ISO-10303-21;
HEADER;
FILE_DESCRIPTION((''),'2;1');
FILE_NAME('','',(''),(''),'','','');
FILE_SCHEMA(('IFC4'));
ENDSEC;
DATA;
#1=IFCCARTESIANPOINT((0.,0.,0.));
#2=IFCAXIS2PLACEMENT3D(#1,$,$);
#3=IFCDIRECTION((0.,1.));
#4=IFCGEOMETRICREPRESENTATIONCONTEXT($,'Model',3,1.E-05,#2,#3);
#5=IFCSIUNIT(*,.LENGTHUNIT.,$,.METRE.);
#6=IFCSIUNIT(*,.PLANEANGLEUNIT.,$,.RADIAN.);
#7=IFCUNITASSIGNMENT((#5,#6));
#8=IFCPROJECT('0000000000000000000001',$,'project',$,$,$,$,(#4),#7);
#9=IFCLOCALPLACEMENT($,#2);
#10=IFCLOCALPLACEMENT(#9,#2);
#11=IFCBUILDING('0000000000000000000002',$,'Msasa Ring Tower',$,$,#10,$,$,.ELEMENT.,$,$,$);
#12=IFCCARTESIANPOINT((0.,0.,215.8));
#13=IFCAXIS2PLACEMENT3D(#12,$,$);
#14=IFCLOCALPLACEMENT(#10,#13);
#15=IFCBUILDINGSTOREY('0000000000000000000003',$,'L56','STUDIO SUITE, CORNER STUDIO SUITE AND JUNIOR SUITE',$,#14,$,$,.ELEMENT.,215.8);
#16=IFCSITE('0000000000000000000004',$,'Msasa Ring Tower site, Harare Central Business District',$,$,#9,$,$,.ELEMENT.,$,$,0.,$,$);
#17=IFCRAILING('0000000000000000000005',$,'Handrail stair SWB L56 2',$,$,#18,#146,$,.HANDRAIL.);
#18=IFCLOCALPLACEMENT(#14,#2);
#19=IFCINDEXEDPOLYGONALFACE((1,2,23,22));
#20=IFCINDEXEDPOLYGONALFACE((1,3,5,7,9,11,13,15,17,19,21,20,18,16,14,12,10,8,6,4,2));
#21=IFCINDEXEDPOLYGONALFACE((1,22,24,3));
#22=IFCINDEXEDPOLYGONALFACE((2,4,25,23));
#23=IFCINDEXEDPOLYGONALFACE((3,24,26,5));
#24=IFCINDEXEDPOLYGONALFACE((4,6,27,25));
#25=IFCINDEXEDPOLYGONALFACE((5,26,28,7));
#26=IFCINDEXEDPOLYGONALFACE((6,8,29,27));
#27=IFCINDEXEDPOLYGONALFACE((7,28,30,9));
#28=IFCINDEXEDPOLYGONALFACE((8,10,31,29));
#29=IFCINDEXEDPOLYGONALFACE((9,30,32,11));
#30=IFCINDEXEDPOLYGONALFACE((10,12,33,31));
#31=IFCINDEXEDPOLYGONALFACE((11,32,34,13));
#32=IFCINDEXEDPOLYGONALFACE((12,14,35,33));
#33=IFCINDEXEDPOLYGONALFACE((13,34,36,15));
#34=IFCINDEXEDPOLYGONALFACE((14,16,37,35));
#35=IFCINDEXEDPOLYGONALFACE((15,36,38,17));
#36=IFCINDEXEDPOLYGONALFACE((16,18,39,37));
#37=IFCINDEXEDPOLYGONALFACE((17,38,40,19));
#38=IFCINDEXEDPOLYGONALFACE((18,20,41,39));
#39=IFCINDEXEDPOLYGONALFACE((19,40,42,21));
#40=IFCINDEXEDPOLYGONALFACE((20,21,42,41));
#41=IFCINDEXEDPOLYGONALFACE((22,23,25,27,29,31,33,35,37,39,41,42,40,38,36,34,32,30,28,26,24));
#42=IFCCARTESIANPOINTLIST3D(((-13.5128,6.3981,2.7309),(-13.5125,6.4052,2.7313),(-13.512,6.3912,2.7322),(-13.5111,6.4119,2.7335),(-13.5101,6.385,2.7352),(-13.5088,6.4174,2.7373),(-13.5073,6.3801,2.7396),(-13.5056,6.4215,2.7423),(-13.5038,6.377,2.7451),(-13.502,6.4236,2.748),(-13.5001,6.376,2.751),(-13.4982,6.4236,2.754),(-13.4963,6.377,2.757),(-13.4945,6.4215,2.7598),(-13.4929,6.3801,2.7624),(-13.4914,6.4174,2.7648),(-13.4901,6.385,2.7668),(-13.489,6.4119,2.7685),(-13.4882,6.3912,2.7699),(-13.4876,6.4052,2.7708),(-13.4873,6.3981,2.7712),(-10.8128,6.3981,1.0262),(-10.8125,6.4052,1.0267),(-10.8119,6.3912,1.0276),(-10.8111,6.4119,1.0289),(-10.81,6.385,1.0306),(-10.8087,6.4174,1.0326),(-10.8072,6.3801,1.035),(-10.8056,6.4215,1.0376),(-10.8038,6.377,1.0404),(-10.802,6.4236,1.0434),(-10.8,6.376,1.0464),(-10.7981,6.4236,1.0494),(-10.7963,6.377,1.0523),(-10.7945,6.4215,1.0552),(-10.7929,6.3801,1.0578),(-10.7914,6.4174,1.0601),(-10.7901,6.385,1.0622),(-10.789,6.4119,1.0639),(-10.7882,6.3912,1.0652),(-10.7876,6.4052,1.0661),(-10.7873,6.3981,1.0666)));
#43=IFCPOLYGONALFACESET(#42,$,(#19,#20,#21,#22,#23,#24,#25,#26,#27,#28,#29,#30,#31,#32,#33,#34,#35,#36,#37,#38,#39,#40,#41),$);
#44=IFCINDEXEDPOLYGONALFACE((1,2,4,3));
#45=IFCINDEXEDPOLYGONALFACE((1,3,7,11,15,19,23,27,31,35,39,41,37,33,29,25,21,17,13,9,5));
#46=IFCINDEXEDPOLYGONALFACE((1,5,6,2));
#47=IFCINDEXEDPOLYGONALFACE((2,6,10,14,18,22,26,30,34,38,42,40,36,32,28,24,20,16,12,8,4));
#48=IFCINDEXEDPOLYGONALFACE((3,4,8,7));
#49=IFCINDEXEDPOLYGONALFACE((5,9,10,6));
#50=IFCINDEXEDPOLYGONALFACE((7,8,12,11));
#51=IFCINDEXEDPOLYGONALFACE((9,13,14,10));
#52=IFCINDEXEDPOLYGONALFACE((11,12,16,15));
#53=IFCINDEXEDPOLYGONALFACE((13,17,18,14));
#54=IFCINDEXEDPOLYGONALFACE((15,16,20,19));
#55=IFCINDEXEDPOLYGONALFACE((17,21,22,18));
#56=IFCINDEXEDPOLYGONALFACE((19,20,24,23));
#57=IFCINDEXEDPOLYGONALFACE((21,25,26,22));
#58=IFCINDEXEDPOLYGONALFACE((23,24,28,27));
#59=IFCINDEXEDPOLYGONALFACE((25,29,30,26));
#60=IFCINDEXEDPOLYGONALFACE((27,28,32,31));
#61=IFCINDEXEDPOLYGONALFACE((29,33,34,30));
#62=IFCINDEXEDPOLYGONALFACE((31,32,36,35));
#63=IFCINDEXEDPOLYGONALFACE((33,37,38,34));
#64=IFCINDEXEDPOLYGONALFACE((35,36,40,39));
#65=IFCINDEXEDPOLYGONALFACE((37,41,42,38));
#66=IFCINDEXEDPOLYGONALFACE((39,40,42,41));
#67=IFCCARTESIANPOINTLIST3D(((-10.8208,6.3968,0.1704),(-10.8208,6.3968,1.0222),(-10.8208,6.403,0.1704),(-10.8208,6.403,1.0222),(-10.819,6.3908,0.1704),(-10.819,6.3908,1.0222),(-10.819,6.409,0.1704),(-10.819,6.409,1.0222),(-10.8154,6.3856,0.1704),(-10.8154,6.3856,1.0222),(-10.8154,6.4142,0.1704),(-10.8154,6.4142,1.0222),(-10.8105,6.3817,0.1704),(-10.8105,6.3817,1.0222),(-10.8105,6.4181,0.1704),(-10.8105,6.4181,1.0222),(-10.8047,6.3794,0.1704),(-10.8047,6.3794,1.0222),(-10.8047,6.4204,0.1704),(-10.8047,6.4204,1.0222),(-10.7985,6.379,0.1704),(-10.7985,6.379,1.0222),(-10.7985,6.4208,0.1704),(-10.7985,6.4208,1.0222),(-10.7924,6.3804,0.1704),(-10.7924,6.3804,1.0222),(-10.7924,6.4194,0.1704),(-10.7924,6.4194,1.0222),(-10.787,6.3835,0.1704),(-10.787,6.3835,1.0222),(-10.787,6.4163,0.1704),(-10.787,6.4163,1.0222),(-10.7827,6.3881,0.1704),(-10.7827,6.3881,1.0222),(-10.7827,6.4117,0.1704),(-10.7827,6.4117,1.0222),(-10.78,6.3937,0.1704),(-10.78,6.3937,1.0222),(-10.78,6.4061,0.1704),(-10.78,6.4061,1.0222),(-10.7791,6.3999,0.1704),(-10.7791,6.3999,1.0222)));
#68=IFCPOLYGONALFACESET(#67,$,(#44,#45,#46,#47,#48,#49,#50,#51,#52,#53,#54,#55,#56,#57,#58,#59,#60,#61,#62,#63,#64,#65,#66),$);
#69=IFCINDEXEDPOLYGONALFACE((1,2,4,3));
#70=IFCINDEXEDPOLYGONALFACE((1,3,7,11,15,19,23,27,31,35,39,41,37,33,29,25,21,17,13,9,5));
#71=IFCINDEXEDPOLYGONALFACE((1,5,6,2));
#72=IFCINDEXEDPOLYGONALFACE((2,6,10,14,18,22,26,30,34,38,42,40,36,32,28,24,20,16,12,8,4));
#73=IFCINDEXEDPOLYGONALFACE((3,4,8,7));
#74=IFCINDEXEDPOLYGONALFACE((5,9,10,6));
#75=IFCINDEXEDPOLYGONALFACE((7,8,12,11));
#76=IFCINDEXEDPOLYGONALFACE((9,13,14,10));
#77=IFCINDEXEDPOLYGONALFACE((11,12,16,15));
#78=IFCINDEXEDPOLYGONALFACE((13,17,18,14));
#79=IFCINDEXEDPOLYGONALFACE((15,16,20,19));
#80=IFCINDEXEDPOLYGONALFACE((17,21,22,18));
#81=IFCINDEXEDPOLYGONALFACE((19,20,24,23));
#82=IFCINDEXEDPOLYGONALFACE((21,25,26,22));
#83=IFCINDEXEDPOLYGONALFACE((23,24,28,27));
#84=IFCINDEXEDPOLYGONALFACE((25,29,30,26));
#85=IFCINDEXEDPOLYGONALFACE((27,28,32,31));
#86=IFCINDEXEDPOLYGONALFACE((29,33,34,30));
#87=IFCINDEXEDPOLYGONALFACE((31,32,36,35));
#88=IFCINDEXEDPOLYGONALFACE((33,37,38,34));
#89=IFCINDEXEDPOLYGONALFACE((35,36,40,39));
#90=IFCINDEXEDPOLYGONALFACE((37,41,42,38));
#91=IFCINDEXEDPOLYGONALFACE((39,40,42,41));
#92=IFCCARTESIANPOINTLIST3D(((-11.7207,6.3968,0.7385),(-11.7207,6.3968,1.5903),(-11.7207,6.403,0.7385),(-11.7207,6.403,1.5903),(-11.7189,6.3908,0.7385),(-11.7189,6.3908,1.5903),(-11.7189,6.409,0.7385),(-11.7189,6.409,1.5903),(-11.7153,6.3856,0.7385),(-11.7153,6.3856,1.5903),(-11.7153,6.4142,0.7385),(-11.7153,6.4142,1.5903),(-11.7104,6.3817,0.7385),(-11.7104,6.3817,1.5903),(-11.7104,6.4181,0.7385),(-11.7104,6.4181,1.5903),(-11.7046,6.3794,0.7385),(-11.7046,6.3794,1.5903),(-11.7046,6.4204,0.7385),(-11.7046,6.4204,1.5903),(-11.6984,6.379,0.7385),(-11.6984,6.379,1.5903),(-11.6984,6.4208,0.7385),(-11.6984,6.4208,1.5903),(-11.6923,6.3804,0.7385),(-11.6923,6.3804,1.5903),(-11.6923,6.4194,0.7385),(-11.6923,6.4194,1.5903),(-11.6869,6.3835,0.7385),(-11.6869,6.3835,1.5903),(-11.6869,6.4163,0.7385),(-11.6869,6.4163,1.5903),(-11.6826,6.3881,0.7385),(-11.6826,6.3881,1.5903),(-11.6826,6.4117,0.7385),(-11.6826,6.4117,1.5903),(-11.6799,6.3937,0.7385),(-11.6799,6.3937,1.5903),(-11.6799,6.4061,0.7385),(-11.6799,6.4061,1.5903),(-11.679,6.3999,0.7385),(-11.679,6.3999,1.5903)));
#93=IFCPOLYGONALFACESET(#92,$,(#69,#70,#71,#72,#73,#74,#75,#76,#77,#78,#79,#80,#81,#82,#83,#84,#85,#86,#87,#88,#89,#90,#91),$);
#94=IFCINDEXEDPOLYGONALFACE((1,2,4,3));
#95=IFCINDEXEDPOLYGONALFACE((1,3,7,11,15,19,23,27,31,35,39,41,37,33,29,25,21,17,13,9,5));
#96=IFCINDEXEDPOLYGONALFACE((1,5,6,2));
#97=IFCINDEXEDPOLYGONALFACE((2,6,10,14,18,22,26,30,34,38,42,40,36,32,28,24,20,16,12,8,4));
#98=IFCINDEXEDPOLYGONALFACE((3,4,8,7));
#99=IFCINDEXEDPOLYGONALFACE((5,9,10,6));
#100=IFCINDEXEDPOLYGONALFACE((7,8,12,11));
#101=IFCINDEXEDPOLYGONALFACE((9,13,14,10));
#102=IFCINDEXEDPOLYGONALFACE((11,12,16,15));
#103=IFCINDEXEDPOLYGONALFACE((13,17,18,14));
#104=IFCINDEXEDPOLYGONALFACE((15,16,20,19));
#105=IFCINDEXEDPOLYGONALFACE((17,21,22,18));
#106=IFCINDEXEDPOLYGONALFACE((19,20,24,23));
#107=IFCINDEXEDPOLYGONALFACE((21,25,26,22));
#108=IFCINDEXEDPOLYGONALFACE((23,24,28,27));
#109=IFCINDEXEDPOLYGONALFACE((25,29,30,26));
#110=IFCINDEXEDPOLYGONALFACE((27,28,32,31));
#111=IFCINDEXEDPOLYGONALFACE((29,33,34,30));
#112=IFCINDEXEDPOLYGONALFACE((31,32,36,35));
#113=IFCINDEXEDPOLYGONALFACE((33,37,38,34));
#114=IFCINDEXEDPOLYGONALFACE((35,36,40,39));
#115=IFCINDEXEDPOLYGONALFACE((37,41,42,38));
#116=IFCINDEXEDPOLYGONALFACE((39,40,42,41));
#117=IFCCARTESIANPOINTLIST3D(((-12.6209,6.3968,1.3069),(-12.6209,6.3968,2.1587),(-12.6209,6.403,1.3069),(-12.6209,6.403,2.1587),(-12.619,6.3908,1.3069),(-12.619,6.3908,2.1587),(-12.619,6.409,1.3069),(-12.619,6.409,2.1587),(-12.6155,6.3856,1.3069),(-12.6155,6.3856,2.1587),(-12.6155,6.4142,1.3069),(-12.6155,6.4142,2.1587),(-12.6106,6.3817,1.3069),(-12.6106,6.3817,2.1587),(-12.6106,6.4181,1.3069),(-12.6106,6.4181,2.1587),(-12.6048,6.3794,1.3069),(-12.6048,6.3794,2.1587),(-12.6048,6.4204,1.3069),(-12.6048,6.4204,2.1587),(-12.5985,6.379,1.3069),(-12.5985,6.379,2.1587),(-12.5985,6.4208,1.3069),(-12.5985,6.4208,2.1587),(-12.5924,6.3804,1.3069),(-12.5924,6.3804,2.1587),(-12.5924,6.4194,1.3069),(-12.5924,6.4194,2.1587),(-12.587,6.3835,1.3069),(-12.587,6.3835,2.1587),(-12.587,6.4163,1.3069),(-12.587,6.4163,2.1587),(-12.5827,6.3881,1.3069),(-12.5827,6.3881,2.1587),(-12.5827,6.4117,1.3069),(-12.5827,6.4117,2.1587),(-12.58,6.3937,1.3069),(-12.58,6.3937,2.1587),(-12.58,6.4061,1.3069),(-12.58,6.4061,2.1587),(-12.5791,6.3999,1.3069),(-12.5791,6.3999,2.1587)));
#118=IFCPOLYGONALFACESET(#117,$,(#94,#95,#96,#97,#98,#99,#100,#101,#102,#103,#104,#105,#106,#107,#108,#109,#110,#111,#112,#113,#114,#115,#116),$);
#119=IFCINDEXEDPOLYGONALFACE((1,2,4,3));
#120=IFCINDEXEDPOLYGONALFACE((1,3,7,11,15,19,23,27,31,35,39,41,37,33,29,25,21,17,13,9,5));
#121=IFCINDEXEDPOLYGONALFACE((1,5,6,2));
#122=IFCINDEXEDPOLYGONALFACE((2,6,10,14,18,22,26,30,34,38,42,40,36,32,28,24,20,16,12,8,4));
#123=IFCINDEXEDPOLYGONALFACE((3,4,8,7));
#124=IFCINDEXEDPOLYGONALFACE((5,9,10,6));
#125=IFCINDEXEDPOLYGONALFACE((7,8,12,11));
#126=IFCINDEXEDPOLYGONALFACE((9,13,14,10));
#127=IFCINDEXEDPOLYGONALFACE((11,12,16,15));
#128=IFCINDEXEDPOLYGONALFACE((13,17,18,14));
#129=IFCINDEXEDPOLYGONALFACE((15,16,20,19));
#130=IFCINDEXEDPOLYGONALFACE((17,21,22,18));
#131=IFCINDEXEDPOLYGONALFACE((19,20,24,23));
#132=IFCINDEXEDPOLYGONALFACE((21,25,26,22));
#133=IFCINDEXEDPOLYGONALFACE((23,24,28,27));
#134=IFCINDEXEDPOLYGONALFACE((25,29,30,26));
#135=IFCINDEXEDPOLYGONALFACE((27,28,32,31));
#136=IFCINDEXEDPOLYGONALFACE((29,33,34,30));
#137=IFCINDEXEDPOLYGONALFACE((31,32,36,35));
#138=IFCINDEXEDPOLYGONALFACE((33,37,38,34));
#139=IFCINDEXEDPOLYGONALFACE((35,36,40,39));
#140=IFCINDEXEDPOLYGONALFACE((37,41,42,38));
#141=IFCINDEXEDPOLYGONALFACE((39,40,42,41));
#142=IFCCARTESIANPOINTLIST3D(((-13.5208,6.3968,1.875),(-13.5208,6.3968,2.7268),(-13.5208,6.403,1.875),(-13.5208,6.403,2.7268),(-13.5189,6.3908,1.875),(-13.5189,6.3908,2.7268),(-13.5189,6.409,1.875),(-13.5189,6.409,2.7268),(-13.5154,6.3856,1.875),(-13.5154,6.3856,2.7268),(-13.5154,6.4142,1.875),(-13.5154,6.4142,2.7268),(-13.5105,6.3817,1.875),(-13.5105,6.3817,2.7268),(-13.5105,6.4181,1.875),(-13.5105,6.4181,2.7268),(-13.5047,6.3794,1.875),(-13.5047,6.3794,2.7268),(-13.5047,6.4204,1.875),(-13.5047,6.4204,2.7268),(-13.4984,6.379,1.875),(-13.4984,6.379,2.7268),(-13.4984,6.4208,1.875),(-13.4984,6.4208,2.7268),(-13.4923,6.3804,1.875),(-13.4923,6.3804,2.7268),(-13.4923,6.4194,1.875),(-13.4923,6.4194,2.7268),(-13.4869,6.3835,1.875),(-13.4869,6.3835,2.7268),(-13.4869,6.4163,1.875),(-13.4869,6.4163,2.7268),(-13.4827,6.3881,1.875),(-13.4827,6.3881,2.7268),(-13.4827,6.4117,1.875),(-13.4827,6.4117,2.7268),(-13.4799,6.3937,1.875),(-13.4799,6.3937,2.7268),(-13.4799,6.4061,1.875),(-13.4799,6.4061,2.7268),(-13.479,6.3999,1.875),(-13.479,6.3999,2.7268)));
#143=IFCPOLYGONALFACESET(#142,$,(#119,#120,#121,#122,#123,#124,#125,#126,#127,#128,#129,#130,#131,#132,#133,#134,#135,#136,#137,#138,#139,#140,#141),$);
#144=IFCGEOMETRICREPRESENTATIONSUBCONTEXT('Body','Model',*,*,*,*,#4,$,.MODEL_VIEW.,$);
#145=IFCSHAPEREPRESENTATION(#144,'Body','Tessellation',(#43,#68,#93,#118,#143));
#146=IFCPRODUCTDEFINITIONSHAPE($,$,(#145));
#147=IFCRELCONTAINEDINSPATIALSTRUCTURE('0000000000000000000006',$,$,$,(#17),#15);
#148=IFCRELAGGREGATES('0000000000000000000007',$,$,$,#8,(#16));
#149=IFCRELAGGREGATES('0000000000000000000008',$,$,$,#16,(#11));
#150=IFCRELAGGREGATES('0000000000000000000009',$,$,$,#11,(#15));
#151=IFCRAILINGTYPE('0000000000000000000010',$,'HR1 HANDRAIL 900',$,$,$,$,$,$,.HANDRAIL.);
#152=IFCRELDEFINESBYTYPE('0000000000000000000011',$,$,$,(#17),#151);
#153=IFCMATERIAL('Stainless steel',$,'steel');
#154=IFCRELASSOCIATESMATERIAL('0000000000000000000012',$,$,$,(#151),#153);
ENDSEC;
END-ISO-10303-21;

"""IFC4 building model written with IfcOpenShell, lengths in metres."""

from ifc_helpers import new_model, si_unit, direction, frame, origin, origin_2d, place, context, subcontext, project, spatial, circle, extrude, material, type_object, element, save


model = new_model("IFC4")

# Units and contexts
model_context = context("Model", 3, precision=1e-05, world=origin(), true_north=direction((0.0, 1.0)))
body_context = subcontext(model_context, "Body", "Model", "MODEL_VIEW")
ifc_project = project(units=[si_unit("LENGTHUNIT", "METRE"), si_unit("PLANEANGLEUNIT", "RADIAN")], contexts=[model_context])

# Site, building, storey
site_placement = place(None, origin())
site = spatial("IfcSite", under=ifc_project, at=site_placement, Name="Msasa Ring Tower site, Harare Central Business District", CompositionType="ELEMENT", RefElevation=0.0)
building_placement = place(site_placement, origin())
building = spatial("IfcBuilding", under=site, at=building_placement, Name="Msasa Ring Tower", CompositionType="ELEMENT")
storey_placement = place(building_placement, frame((0.0, 0.0, 215.8)))
storey = spatial("IfcBuildingStorey", under=building, at=storey_placement, Name="L56", Description="STUDIO SUITE, CORNER STUDIO SUITE AND JUNIOR SUITE", CompositionType="ELEMENT", Elevation=215.8)

# Railing
ifc_material_1 = material(Name="Stainless steel", Category="steel")
railing_type = type_object("IfcRailingType", Name="HR1 HANDRAIL 900", PredefinedType="HANDRAIL", material=ifc_material_1)
for number, where, name in (
    (1, (-10.8, 6.3999, 0.1704), "Handrail stair SWB L56 2"),
):
    element("IfcRailing", number, at=place(storey_placement, frame(where)), inside=storey, type_object=railing_type, Name=name, PredefinedType="HANDRAIL", context=body_context, shape_type="SweptSolid", body=[
        extrude(circle(Radius=0.0239, at=origin_2d()), frame((0.0, 0.0, 0.876), z_axis=(-0.84558, 0.0, 0.533849), x_axis=(0.0, -1.0, 0.0)), (0.0, 0.0, 1.0), 3.1931),
        extrude(circle(Radius=0.021, at=origin_2d()), origin(), (0.0, 0.0, 1.0), 0.8518),
        extrude(circle(Radius=0.021, at=origin_2d()), frame((-0.8999, 0.0, 0.5681)), (0.0, 0.0, 1.0), 0.8518),
        extrude(circle(Radius=0.021, at=origin_2d()), frame((-1.8, 0.0, 1.1365)), (0.0, 0.0, 1.0), 0.8518),
        extrude(circle(Radius=0.021, at=origin_2d()), frame((-2.7, 0.0, 1.7046)), (0.0, 0.0, 1.0), 0.8518),
    ])

save(model, "model.ifc")
